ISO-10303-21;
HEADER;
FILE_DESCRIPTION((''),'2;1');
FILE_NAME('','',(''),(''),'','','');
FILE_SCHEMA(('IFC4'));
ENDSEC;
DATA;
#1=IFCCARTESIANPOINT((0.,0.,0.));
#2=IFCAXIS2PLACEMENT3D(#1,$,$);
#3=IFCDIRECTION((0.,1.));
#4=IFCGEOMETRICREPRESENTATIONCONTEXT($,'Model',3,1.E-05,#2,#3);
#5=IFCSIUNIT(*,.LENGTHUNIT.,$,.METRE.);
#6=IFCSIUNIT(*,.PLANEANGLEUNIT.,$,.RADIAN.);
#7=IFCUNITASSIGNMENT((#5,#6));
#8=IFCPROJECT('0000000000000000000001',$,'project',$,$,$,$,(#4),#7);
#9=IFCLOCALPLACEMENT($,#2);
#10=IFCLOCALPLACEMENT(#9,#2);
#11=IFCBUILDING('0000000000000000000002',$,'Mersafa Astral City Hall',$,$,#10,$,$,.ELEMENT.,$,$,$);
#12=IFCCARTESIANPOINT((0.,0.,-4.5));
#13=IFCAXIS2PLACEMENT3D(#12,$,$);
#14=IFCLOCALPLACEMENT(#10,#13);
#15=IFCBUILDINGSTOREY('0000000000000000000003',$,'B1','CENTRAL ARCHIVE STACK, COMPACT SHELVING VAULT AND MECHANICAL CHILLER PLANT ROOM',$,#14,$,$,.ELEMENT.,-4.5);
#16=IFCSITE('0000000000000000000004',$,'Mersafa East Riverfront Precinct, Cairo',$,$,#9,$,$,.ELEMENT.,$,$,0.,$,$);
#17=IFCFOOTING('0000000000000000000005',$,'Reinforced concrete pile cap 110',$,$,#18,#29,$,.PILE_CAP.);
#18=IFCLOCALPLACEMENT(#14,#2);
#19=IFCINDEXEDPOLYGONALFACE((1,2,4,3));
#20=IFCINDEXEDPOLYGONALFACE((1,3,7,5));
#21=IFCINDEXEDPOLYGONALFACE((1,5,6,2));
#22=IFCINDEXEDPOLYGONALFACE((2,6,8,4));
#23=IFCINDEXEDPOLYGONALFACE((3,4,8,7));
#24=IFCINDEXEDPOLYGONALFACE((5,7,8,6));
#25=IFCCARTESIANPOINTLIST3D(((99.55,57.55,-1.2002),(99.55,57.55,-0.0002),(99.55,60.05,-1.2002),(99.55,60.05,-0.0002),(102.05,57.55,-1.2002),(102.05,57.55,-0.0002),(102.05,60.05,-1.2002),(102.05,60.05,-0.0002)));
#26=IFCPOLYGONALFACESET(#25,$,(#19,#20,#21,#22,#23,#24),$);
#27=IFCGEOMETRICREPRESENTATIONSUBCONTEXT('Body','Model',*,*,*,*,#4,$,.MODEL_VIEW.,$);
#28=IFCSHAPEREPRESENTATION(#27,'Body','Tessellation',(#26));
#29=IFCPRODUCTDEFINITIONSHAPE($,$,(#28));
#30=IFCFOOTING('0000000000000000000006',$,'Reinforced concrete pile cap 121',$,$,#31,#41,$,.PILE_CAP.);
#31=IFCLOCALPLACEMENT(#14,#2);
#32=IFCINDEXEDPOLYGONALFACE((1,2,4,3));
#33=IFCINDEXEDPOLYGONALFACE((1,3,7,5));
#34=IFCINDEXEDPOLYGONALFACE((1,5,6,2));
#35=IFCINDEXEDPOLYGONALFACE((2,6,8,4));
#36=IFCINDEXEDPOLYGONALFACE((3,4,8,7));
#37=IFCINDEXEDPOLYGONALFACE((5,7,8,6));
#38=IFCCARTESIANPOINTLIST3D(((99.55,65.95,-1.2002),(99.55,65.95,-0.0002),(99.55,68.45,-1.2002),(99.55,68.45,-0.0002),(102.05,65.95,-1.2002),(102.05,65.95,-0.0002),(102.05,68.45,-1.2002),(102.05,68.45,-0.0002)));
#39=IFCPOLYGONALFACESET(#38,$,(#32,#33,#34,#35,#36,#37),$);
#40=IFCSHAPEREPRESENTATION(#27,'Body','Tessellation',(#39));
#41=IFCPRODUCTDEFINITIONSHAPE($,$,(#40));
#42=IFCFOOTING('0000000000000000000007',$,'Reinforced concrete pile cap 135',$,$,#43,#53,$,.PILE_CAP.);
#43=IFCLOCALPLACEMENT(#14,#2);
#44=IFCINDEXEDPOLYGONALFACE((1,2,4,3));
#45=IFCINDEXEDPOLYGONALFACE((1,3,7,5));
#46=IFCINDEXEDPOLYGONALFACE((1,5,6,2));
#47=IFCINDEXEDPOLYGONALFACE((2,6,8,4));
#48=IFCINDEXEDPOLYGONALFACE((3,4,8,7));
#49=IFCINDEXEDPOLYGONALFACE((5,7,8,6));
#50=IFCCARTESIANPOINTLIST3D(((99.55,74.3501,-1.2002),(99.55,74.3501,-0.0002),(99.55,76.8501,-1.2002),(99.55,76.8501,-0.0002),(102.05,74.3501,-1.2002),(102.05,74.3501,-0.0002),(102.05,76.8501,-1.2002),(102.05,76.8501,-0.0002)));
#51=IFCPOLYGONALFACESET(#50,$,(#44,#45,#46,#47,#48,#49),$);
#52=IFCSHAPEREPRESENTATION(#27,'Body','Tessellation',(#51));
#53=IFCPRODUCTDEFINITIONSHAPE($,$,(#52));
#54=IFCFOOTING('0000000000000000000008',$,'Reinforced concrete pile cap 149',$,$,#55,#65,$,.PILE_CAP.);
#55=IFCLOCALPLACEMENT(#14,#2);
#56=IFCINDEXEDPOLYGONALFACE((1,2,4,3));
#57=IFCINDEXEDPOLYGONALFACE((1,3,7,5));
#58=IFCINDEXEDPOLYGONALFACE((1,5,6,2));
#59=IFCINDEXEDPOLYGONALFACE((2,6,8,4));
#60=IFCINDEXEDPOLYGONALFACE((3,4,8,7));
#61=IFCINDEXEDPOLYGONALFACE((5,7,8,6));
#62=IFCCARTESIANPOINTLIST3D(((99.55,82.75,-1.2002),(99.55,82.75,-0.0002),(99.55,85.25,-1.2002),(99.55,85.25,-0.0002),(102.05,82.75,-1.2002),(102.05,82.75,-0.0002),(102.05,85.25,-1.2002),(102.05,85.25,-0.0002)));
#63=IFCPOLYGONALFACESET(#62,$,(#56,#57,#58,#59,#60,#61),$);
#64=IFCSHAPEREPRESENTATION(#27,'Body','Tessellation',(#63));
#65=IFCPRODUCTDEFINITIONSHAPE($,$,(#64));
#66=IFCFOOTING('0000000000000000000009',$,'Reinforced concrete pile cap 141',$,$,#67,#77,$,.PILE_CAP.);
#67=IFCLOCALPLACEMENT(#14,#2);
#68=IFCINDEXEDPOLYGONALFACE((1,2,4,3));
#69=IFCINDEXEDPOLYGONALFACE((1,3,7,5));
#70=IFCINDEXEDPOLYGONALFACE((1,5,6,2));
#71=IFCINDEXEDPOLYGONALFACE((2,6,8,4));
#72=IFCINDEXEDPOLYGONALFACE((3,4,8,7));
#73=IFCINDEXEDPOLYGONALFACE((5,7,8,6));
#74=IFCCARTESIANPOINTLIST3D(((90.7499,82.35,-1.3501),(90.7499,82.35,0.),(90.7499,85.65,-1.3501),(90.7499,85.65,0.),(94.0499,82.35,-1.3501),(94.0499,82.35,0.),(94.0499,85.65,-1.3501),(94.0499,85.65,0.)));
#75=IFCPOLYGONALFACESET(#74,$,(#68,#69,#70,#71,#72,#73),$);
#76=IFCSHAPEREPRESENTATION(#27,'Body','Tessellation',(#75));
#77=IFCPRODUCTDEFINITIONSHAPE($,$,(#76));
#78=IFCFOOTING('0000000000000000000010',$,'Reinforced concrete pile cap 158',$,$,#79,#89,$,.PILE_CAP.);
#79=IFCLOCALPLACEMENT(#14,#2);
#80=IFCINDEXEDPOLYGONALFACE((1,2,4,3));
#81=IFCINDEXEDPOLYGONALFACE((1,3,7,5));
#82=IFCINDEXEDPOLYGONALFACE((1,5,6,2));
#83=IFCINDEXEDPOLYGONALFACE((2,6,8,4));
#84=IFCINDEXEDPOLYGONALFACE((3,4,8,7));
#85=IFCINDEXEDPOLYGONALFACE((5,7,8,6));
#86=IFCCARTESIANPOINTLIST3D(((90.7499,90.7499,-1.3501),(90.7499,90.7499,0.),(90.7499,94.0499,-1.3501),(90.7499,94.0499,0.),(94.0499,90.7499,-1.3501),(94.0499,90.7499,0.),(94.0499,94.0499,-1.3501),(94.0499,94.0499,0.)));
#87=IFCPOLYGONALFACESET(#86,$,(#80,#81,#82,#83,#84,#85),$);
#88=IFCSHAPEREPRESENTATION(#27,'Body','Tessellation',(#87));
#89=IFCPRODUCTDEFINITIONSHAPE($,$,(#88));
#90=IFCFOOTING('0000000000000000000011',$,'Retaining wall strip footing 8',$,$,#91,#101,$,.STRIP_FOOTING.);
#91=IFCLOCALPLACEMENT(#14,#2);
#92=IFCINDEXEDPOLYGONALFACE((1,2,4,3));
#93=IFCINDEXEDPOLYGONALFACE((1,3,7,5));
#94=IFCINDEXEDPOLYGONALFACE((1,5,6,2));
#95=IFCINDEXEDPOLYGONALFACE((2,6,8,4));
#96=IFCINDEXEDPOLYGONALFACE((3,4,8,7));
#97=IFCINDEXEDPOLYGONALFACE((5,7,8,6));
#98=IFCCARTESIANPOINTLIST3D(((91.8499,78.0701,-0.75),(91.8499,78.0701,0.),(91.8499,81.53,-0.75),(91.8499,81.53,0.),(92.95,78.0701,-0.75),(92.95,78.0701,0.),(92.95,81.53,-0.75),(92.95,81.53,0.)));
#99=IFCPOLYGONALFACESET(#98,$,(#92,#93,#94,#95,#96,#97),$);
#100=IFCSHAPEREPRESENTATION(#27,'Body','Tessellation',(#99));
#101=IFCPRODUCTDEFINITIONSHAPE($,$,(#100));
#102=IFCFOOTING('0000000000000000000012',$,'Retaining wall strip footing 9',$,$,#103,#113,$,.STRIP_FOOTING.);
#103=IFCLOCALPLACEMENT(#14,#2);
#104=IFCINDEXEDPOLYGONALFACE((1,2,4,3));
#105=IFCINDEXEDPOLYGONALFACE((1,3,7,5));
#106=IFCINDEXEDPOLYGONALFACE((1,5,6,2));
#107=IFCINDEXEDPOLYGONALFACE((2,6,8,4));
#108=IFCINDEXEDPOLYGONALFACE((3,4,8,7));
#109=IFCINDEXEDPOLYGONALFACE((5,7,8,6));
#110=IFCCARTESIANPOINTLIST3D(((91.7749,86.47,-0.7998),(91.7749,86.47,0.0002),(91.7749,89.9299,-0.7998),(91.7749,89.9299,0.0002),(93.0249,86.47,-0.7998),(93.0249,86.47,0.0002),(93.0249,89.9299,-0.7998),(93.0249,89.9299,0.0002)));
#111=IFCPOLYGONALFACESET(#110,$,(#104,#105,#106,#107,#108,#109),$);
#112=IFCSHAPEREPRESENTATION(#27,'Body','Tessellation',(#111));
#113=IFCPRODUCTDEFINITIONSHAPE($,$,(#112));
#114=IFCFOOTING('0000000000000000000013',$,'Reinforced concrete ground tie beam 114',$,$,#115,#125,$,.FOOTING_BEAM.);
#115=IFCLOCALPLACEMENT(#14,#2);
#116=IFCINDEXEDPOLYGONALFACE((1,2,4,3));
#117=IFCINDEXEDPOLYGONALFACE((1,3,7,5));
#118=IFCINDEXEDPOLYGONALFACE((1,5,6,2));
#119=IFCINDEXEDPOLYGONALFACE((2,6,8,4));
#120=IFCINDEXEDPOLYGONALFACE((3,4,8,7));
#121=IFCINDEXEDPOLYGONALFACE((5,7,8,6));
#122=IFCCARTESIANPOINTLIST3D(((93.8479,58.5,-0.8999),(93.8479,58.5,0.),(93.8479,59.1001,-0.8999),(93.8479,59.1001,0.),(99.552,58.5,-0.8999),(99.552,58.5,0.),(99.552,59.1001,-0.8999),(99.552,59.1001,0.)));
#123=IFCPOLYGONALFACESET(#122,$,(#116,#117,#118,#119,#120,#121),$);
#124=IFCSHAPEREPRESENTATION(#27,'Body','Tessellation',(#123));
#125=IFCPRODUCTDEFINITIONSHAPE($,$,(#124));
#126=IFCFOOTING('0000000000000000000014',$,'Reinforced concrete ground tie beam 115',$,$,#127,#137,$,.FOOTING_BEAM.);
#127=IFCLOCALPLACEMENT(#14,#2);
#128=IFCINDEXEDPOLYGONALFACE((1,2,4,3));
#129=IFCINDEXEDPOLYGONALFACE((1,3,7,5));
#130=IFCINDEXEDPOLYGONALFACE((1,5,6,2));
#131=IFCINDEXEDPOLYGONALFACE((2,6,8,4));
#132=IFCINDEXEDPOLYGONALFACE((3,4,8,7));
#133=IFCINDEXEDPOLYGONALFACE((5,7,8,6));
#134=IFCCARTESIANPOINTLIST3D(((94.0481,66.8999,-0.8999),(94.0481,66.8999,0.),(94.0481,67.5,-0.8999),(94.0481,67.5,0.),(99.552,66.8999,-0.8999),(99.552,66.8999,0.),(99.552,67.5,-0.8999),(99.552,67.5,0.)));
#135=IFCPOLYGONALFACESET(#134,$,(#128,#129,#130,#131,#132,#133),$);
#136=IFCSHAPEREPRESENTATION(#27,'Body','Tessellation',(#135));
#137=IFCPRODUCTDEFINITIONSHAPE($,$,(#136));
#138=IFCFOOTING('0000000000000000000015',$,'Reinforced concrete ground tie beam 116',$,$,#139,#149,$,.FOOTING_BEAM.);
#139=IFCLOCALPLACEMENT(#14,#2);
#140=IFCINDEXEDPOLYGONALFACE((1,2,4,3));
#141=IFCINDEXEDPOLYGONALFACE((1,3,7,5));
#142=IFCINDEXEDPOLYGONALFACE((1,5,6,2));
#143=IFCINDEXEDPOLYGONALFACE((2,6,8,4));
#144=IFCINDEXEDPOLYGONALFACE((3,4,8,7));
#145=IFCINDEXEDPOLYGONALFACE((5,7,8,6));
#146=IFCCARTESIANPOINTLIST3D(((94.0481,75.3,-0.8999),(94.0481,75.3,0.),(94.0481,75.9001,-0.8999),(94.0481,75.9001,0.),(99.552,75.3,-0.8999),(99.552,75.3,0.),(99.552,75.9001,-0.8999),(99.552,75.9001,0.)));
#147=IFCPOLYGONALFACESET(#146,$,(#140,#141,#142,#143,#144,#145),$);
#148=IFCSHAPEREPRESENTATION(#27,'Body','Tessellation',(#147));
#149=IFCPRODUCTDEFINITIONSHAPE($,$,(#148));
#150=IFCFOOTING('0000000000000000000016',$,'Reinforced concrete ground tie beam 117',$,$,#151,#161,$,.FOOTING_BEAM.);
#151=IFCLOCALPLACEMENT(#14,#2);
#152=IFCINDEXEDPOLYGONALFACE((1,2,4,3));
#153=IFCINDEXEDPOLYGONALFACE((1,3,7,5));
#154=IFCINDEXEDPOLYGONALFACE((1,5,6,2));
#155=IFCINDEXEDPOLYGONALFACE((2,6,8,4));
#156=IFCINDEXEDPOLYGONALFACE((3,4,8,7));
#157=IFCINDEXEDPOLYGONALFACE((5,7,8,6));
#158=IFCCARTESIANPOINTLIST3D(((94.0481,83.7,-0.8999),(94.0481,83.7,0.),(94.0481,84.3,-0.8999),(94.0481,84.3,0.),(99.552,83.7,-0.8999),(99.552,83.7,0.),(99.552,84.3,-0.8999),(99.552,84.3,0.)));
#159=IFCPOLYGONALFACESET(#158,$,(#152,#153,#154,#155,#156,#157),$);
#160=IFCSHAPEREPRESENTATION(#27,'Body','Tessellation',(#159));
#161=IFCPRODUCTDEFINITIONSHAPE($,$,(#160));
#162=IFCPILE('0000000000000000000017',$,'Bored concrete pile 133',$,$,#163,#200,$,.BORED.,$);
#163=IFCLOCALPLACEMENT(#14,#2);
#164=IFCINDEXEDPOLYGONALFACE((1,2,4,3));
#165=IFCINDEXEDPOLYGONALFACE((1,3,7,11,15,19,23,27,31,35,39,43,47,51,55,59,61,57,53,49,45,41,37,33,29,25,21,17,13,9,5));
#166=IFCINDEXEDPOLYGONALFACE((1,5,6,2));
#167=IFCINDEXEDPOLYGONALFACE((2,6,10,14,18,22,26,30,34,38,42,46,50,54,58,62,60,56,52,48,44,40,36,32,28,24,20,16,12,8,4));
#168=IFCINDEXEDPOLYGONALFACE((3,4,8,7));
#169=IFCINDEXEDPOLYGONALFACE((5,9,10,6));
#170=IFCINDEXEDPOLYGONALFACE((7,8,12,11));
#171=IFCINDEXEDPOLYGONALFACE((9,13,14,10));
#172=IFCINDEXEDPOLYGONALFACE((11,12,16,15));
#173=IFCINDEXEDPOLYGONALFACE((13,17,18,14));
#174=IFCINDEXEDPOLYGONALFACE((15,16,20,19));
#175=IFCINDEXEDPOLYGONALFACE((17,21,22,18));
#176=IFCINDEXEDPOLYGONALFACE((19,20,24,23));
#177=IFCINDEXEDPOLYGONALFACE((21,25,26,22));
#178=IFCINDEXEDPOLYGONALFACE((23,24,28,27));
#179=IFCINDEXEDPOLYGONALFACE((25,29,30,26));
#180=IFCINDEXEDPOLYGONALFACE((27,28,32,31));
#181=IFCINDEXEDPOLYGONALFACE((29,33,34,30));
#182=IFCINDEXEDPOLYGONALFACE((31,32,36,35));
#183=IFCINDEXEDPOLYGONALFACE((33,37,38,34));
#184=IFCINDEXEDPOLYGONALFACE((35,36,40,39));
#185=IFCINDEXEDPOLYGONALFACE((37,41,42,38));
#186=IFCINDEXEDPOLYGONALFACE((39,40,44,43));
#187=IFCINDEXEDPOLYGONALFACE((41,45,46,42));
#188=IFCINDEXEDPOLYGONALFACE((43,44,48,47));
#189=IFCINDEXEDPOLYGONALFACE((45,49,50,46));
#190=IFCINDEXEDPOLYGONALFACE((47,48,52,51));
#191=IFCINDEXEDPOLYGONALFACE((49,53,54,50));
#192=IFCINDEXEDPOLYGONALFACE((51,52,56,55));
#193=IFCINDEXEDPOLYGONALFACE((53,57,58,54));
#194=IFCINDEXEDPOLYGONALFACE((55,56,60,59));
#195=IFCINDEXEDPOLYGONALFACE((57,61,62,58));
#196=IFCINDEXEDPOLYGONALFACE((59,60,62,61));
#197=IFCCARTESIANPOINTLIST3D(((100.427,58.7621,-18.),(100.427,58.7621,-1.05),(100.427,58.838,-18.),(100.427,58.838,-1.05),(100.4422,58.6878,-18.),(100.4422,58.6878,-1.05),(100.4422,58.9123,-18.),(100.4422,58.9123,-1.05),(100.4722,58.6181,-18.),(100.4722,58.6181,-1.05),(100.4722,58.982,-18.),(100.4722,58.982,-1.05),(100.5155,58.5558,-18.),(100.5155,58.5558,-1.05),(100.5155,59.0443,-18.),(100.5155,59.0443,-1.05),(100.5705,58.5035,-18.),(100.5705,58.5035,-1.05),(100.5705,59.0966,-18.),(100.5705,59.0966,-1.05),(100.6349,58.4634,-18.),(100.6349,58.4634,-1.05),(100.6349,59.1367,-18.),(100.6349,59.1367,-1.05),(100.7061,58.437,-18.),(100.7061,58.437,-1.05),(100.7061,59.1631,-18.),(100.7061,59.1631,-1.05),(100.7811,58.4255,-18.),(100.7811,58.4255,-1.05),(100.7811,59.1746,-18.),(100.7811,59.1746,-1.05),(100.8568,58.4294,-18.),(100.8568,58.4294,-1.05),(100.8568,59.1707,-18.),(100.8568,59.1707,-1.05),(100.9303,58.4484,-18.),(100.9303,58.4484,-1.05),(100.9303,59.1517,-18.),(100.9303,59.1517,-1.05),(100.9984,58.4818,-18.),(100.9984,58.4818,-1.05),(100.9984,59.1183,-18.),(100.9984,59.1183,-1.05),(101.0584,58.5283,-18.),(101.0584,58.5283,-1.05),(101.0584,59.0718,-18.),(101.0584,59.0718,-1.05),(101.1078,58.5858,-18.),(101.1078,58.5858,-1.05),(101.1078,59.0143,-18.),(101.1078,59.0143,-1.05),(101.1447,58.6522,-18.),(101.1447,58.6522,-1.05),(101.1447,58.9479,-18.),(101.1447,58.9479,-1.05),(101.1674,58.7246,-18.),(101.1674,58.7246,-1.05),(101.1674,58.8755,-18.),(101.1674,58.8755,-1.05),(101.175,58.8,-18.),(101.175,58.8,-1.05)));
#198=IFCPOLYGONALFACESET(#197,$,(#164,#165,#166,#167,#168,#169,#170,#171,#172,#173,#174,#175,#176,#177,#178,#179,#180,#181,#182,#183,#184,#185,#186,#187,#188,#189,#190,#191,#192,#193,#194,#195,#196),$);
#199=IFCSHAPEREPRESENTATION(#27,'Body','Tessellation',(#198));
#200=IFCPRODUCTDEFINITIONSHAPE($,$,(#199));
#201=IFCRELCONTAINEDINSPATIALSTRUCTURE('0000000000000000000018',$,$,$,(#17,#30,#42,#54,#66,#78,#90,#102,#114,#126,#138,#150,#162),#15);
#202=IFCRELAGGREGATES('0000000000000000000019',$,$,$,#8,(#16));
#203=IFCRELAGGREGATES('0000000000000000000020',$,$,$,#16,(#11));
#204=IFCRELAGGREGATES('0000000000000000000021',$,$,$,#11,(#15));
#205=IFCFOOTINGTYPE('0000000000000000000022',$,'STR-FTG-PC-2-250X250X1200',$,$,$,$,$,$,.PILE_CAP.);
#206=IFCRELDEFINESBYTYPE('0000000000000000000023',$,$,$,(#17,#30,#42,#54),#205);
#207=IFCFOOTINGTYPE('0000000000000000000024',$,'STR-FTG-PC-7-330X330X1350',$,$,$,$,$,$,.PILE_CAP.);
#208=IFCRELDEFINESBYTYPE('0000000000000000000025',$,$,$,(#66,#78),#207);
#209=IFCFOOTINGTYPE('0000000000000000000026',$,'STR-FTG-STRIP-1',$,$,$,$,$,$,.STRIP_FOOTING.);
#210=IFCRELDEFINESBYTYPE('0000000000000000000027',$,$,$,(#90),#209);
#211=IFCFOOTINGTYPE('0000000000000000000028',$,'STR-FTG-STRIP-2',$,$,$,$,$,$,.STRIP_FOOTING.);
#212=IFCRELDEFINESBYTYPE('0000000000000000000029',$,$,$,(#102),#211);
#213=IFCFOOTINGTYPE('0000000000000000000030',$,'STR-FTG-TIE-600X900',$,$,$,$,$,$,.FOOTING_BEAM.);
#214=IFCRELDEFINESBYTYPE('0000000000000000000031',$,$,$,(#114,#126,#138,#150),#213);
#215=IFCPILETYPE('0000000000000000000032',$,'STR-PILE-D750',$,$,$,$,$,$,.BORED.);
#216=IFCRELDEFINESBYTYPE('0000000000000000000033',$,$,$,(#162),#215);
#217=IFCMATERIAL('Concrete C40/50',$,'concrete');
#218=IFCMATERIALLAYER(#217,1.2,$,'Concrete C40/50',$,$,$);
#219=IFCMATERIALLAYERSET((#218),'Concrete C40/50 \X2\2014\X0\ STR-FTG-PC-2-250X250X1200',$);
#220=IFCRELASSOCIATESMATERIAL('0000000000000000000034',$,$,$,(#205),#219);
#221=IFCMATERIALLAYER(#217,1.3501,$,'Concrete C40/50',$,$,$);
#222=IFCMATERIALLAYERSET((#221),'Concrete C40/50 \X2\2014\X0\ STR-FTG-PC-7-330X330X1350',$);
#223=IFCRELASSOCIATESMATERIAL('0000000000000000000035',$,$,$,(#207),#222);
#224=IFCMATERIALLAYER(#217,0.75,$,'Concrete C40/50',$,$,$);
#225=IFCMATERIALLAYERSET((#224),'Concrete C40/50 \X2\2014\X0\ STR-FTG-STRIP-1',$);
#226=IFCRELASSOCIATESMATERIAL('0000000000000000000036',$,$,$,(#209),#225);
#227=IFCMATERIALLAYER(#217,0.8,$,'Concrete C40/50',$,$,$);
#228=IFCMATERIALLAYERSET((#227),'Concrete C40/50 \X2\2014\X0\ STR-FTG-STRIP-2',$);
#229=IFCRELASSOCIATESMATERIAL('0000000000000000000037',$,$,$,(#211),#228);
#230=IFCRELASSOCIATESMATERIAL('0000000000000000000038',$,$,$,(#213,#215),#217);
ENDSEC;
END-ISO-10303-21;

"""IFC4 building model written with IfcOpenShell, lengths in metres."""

from ifc_helpers import new_model, si_unit, direction, frame, origin, origin_2d, place, context, subcontext, project, spatial, rectangle, circle, extrude, material, layer, layer_set, material_profile, profile_set, type_object, element, save


model = new_model("IFC4")

# Units and contexts
model_context = context("Model", 3, precision=1e-05, world=origin(), true_north=direction((0.0, 1.0)))
body_context = subcontext(model_context, "Body", "Model", "MODEL_VIEW")
ifc_project = project(units=[si_unit("LENGTHUNIT", "METRE"), si_unit("PLANEANGLEUNIT", "RADIAN")], contexts=[model_context])

# Site, building, storey
site_placement = place(None, origin())
site = spatial("IfcSite", under=ifc_project, at=site_placement, Name="Mersafa East Riverfront Precinct, Cairo", CompositionType="ELEMENT", RefElevation=0.0)
building_placement = place(site_placement, origin())
building = spatial("IfcBuilding", under=site, at=building_placement, Name="Mersafa Astral City Hall", CompositionType="ELEMENT")
storey_placement = place(building_placement, frame((0.0, 0.0, -4.5)))
storey = spatial("IfcBuildingStorey", under=building, at=storey_placement, Name="B1", Description="CENTRAL ARCHIVE STACK, COMPACT SHELVING VAULT AND MECHANICAL CHILLER PLANT ROOM", CompositionType="ELEMENT", Elevation=-4.5)

# Footings
ifc_material_1 = material(Name="Concrete C40/50", Category="concrete")
ifc_layer_1 = layer(ifc_material_1, 1.2, Name="Concrete C40/50")
ifc_layer_set_1 = layer_set([ifc_layer_1], Name="Concrete C40/50 — STR-FTG-PC-2-250X250X1200")
footing_type_1 = type_object("IfcFootingType", Name="STR-FTG-PC-2-250X250X1200", PredefinedType="PILE_CAP", material=ifc_layer_set_1)
for number, where, z_axis, x_axis, name in (
    (1, (100.8, 58.8, -1.2002), (0.0, 0.0, 1.0), (1.0, 0.0, 0.0), "Reinforced concrete pile cap 110"),
    (2, (100.8, 67.2, -1.2002), (0.0, 0.0, 1.0), (1.0, 0.0, 0.0), "Reinforced concrete pile cap 121"),
    (3, (100.8, 75.6001, -1.2002), (0.0, 0.0, 1.0), (1.0, 0.0, 0.0), "Reinforced concrete pile cap 135"),
    (4, (100.8, 84.0, -1.2002), (0.0, 0.0, 1.0), (1.0, 0.0, 0.0), "Reinforced concrete pile cap 149"),
):
    element("IfcFooting", number, at=place(storey_placement, frame(where, z_axis=z_axis, x_axis=x_axis)), inside=storey, type_object=footing_type_1, Name=name, PredefinedType="PILE_CAP", context=body_context, shape_type="SweptSolid", body=[
        extrude(rectangle(XDim=2.5, YDim=2.5, at=origin_2d()), origin(), (0.0, 0.0, 1.0), 1.2),
    ])
ifc_layer_2 = layer(ifc_material_1, 1.3501, Name="Concrete C40/50")
ifc_layer_set_2 = layer_set([ifc_layer_2], Name="Concrete C40/50 — STR-FTG-PC-7-330X330X1350")
footing_type_2 = type_object("IfcFootingType", Name="STR-FTG-PC-7-330X330X1350", PredefinedType="PILE_CAP", material=ifc_layer_set_2)
for number, where, z_axis, x_axis, name in (
    (5, (92.3999, 84.0, -1.3501), (0.0, 0.0, 1.0), (1.0, 0.0, 0.0), "Reinforced concrete pile cap 141"),
    (6, (92.3999, 92.3999, -1.3501), (0.0, 0.0, 1.0), (1.0, 0.0, 0.0), "Reinforced concrete pile cap 158"),
):
    element("IfcFooting", number, at=place(storey_placement, frame(where, z_axis=z_axis, x_axis=x_axis)), inside=storey, type_object=footing_type_2, Name=name, PredefinedType="PILE_CAP", context=body_context, shape_type="SweptSolid", body=[
        extrude(rectangle(XDim=3.3, YDim=3.3, at=origin_2d()), origin(), (0.0, 0.0, 1.0), 1.3501),
    ])
ifc_layer_3 = layer(ifc_material_1, 0.75, Name="Concrete C40/50")
ifc_layer_set_3 = layer_set([ifc_layer_3], Name="Concrete C40/50 — STR-FTG-STRIP-1")
footing_type_3 = type_object("IfcFootingType", Name="STR-FTG-STRIP-1", PredefinedType="STRIP_FOOTING", material=ifc_layer_set_3)
footing_1_placement = place(storey_placement, frame((92.3999, 79.8, -0.75), z_axis=(0.0, 0.0, 1.0), x_axis=(0.0, 1.0, 0.0)))
element("IfcFooting", 7, at=footing_1_placement, inside=storey, type_object=footing_type_3, Name="Retaining wall strip footing 8", PredefinedType="STRIP_FOOTING", context=body_context, shape_type="SweptSolid", body=[
    extrude(rectangle(XDim=3.46, YDim=1.1001, at=origin_2d()), origin(), (0.0, 0.0, 1.0), 0.75),
])
ifc_layer_4 = layer(ifc_material_1, 0.8, Name="Concrete C40/50")
ifc_layer_set_4 = layer_set([ifc_layer_4], Name="Concrete C40/50 — STR-FTG-STRIP-2")
footing_type_4 = type_object("IfcFootingType", Name="STR-FTG-STRIP-2", PredefinedType="STRIP_FOOTING", material=ifc_layer_set_4)
footing_2_placement = place(storey_placement, frame((92.3999, 88.2, -0.7998), z_axis=(0.0, 0.0, 1.0), x_axis=(0.0, 1.0, 0.0)))
element("IfcFooting", 8, at=footing_2_placement, inside=storey, type_object=footing_type_4, Name="Retaining wall strip footing 9", PredefinedType="STRIP_FOOTING", context=body_context, shape_type="SweptSolid", body=[
    extrude(rectangle(XDim=3.46, YDim=1.25, at=origin_2d()), origin(), (0.0, 0.0, 1.0), 0.8),
])
ifc_material_profile_1 = material_profile(ifc_material_1, rectangle(XDim=0.6001, YDim=0.8999, at=origin_2d()), Name="RC 600x900")
ifc_profile_set_1 = profile_set([ifc_material_profile_1], Name="Concrete C40/50")
footing_type_5 = type_object("IfcFootingType", Name="STR-FTG-TIE-600X900", PredefinedType="FOOTING_BEAM", material=ifc_profile_set_1)
footing_3_placement = place(storey_placement, frame((93.8479, 58.8, -0.45), z_axis=(1.0, 0.0, 0.0), x_axis=(0.0, 1.0, 0.0)))
element("IfcFooting", 9, at=footing_3_placement, inside=storey, type_object=footing_type_5, Name="Reinforced concrete ground tie beam 114", PredefinedType="FOOTING_BEAM", context=body_context, shape_type="SweptSolid", body=[
    extrude(rectangle(XDim=0.6001, YDim=0.8999, at=origin_2d()), origin(), (0.0, 0.0, 1.0), 5.7041),
])
for number, where, z_axis, x_axis, name in (
    (10, (94.0481, 67.2, -0.45), (1.0, 0.0, 0.0), (0.0, 1.0, 0.0), "Reinforced concrete ground tie beam 115"),
    (11, (94.0481, 75.6001, -0.45), (1.0, 0.0, 0.0), (0.0, 1.0, 0.0), "Reinforced concrete ground tie beam 116"),
    (12, (94.0481, 84.0, -0.45), (1.0, 0.0, 0.0), (0.0, 1.0, 0.0), "Reinforced concrete ground tie beam 117"),
):
    element("IfcFooting", number, at=place(storey_placement, frame(where, z_axis=z_axis, x_axis=x_axis)), inside=storey, type_object=footing_type_5, Name=name, PredefinedType="FOOTING_BEAM", context=body_context, shape_type="SweptSolid", body=[
        extrude(rectangle(XDim=0.6001, YDim=0.8999, at=origin_2d()), origin(), (0.0, 0.0, 1.0), 5.5039),
    ])

# Pile
ifc_material_profile_2 = material_profile(ifc_material_1, circle(Radius=0.375, at=origin_2d()), Name="PILE D750")
ifc_profile_set_2 = profile_set([ifc_material_profile_2], Name="Concrete C40/50")
pile_type_1 = type_object("IfcPileType", Name="STR-PILE-D750", PredefinedType="BORED", material=ifc_profile_set_2)
for number, where, z_axis, x_axis, name in (
    (13, (100.8, 58.8, -1.05), (0.0, 0.0, -1.0), (1.0, 0.0, 0.0), "Bored concrete pile 133"),
):
    element("IfcPile", number, at=place(storey_placement, frame(where, z_axis=z_axis, x_axis=x_axis)), inside=storey, type_object=pile_type_1, Name=name, PredefinedType="BORED", context=body_context, shape_type="SweptSolid", body=[
        extrude(circle(Radius=0.375, at=origin_2d()), origin(), (0.0, 0.0, 1.0), 16.95),
    ])

save(model, "model.ifc")
